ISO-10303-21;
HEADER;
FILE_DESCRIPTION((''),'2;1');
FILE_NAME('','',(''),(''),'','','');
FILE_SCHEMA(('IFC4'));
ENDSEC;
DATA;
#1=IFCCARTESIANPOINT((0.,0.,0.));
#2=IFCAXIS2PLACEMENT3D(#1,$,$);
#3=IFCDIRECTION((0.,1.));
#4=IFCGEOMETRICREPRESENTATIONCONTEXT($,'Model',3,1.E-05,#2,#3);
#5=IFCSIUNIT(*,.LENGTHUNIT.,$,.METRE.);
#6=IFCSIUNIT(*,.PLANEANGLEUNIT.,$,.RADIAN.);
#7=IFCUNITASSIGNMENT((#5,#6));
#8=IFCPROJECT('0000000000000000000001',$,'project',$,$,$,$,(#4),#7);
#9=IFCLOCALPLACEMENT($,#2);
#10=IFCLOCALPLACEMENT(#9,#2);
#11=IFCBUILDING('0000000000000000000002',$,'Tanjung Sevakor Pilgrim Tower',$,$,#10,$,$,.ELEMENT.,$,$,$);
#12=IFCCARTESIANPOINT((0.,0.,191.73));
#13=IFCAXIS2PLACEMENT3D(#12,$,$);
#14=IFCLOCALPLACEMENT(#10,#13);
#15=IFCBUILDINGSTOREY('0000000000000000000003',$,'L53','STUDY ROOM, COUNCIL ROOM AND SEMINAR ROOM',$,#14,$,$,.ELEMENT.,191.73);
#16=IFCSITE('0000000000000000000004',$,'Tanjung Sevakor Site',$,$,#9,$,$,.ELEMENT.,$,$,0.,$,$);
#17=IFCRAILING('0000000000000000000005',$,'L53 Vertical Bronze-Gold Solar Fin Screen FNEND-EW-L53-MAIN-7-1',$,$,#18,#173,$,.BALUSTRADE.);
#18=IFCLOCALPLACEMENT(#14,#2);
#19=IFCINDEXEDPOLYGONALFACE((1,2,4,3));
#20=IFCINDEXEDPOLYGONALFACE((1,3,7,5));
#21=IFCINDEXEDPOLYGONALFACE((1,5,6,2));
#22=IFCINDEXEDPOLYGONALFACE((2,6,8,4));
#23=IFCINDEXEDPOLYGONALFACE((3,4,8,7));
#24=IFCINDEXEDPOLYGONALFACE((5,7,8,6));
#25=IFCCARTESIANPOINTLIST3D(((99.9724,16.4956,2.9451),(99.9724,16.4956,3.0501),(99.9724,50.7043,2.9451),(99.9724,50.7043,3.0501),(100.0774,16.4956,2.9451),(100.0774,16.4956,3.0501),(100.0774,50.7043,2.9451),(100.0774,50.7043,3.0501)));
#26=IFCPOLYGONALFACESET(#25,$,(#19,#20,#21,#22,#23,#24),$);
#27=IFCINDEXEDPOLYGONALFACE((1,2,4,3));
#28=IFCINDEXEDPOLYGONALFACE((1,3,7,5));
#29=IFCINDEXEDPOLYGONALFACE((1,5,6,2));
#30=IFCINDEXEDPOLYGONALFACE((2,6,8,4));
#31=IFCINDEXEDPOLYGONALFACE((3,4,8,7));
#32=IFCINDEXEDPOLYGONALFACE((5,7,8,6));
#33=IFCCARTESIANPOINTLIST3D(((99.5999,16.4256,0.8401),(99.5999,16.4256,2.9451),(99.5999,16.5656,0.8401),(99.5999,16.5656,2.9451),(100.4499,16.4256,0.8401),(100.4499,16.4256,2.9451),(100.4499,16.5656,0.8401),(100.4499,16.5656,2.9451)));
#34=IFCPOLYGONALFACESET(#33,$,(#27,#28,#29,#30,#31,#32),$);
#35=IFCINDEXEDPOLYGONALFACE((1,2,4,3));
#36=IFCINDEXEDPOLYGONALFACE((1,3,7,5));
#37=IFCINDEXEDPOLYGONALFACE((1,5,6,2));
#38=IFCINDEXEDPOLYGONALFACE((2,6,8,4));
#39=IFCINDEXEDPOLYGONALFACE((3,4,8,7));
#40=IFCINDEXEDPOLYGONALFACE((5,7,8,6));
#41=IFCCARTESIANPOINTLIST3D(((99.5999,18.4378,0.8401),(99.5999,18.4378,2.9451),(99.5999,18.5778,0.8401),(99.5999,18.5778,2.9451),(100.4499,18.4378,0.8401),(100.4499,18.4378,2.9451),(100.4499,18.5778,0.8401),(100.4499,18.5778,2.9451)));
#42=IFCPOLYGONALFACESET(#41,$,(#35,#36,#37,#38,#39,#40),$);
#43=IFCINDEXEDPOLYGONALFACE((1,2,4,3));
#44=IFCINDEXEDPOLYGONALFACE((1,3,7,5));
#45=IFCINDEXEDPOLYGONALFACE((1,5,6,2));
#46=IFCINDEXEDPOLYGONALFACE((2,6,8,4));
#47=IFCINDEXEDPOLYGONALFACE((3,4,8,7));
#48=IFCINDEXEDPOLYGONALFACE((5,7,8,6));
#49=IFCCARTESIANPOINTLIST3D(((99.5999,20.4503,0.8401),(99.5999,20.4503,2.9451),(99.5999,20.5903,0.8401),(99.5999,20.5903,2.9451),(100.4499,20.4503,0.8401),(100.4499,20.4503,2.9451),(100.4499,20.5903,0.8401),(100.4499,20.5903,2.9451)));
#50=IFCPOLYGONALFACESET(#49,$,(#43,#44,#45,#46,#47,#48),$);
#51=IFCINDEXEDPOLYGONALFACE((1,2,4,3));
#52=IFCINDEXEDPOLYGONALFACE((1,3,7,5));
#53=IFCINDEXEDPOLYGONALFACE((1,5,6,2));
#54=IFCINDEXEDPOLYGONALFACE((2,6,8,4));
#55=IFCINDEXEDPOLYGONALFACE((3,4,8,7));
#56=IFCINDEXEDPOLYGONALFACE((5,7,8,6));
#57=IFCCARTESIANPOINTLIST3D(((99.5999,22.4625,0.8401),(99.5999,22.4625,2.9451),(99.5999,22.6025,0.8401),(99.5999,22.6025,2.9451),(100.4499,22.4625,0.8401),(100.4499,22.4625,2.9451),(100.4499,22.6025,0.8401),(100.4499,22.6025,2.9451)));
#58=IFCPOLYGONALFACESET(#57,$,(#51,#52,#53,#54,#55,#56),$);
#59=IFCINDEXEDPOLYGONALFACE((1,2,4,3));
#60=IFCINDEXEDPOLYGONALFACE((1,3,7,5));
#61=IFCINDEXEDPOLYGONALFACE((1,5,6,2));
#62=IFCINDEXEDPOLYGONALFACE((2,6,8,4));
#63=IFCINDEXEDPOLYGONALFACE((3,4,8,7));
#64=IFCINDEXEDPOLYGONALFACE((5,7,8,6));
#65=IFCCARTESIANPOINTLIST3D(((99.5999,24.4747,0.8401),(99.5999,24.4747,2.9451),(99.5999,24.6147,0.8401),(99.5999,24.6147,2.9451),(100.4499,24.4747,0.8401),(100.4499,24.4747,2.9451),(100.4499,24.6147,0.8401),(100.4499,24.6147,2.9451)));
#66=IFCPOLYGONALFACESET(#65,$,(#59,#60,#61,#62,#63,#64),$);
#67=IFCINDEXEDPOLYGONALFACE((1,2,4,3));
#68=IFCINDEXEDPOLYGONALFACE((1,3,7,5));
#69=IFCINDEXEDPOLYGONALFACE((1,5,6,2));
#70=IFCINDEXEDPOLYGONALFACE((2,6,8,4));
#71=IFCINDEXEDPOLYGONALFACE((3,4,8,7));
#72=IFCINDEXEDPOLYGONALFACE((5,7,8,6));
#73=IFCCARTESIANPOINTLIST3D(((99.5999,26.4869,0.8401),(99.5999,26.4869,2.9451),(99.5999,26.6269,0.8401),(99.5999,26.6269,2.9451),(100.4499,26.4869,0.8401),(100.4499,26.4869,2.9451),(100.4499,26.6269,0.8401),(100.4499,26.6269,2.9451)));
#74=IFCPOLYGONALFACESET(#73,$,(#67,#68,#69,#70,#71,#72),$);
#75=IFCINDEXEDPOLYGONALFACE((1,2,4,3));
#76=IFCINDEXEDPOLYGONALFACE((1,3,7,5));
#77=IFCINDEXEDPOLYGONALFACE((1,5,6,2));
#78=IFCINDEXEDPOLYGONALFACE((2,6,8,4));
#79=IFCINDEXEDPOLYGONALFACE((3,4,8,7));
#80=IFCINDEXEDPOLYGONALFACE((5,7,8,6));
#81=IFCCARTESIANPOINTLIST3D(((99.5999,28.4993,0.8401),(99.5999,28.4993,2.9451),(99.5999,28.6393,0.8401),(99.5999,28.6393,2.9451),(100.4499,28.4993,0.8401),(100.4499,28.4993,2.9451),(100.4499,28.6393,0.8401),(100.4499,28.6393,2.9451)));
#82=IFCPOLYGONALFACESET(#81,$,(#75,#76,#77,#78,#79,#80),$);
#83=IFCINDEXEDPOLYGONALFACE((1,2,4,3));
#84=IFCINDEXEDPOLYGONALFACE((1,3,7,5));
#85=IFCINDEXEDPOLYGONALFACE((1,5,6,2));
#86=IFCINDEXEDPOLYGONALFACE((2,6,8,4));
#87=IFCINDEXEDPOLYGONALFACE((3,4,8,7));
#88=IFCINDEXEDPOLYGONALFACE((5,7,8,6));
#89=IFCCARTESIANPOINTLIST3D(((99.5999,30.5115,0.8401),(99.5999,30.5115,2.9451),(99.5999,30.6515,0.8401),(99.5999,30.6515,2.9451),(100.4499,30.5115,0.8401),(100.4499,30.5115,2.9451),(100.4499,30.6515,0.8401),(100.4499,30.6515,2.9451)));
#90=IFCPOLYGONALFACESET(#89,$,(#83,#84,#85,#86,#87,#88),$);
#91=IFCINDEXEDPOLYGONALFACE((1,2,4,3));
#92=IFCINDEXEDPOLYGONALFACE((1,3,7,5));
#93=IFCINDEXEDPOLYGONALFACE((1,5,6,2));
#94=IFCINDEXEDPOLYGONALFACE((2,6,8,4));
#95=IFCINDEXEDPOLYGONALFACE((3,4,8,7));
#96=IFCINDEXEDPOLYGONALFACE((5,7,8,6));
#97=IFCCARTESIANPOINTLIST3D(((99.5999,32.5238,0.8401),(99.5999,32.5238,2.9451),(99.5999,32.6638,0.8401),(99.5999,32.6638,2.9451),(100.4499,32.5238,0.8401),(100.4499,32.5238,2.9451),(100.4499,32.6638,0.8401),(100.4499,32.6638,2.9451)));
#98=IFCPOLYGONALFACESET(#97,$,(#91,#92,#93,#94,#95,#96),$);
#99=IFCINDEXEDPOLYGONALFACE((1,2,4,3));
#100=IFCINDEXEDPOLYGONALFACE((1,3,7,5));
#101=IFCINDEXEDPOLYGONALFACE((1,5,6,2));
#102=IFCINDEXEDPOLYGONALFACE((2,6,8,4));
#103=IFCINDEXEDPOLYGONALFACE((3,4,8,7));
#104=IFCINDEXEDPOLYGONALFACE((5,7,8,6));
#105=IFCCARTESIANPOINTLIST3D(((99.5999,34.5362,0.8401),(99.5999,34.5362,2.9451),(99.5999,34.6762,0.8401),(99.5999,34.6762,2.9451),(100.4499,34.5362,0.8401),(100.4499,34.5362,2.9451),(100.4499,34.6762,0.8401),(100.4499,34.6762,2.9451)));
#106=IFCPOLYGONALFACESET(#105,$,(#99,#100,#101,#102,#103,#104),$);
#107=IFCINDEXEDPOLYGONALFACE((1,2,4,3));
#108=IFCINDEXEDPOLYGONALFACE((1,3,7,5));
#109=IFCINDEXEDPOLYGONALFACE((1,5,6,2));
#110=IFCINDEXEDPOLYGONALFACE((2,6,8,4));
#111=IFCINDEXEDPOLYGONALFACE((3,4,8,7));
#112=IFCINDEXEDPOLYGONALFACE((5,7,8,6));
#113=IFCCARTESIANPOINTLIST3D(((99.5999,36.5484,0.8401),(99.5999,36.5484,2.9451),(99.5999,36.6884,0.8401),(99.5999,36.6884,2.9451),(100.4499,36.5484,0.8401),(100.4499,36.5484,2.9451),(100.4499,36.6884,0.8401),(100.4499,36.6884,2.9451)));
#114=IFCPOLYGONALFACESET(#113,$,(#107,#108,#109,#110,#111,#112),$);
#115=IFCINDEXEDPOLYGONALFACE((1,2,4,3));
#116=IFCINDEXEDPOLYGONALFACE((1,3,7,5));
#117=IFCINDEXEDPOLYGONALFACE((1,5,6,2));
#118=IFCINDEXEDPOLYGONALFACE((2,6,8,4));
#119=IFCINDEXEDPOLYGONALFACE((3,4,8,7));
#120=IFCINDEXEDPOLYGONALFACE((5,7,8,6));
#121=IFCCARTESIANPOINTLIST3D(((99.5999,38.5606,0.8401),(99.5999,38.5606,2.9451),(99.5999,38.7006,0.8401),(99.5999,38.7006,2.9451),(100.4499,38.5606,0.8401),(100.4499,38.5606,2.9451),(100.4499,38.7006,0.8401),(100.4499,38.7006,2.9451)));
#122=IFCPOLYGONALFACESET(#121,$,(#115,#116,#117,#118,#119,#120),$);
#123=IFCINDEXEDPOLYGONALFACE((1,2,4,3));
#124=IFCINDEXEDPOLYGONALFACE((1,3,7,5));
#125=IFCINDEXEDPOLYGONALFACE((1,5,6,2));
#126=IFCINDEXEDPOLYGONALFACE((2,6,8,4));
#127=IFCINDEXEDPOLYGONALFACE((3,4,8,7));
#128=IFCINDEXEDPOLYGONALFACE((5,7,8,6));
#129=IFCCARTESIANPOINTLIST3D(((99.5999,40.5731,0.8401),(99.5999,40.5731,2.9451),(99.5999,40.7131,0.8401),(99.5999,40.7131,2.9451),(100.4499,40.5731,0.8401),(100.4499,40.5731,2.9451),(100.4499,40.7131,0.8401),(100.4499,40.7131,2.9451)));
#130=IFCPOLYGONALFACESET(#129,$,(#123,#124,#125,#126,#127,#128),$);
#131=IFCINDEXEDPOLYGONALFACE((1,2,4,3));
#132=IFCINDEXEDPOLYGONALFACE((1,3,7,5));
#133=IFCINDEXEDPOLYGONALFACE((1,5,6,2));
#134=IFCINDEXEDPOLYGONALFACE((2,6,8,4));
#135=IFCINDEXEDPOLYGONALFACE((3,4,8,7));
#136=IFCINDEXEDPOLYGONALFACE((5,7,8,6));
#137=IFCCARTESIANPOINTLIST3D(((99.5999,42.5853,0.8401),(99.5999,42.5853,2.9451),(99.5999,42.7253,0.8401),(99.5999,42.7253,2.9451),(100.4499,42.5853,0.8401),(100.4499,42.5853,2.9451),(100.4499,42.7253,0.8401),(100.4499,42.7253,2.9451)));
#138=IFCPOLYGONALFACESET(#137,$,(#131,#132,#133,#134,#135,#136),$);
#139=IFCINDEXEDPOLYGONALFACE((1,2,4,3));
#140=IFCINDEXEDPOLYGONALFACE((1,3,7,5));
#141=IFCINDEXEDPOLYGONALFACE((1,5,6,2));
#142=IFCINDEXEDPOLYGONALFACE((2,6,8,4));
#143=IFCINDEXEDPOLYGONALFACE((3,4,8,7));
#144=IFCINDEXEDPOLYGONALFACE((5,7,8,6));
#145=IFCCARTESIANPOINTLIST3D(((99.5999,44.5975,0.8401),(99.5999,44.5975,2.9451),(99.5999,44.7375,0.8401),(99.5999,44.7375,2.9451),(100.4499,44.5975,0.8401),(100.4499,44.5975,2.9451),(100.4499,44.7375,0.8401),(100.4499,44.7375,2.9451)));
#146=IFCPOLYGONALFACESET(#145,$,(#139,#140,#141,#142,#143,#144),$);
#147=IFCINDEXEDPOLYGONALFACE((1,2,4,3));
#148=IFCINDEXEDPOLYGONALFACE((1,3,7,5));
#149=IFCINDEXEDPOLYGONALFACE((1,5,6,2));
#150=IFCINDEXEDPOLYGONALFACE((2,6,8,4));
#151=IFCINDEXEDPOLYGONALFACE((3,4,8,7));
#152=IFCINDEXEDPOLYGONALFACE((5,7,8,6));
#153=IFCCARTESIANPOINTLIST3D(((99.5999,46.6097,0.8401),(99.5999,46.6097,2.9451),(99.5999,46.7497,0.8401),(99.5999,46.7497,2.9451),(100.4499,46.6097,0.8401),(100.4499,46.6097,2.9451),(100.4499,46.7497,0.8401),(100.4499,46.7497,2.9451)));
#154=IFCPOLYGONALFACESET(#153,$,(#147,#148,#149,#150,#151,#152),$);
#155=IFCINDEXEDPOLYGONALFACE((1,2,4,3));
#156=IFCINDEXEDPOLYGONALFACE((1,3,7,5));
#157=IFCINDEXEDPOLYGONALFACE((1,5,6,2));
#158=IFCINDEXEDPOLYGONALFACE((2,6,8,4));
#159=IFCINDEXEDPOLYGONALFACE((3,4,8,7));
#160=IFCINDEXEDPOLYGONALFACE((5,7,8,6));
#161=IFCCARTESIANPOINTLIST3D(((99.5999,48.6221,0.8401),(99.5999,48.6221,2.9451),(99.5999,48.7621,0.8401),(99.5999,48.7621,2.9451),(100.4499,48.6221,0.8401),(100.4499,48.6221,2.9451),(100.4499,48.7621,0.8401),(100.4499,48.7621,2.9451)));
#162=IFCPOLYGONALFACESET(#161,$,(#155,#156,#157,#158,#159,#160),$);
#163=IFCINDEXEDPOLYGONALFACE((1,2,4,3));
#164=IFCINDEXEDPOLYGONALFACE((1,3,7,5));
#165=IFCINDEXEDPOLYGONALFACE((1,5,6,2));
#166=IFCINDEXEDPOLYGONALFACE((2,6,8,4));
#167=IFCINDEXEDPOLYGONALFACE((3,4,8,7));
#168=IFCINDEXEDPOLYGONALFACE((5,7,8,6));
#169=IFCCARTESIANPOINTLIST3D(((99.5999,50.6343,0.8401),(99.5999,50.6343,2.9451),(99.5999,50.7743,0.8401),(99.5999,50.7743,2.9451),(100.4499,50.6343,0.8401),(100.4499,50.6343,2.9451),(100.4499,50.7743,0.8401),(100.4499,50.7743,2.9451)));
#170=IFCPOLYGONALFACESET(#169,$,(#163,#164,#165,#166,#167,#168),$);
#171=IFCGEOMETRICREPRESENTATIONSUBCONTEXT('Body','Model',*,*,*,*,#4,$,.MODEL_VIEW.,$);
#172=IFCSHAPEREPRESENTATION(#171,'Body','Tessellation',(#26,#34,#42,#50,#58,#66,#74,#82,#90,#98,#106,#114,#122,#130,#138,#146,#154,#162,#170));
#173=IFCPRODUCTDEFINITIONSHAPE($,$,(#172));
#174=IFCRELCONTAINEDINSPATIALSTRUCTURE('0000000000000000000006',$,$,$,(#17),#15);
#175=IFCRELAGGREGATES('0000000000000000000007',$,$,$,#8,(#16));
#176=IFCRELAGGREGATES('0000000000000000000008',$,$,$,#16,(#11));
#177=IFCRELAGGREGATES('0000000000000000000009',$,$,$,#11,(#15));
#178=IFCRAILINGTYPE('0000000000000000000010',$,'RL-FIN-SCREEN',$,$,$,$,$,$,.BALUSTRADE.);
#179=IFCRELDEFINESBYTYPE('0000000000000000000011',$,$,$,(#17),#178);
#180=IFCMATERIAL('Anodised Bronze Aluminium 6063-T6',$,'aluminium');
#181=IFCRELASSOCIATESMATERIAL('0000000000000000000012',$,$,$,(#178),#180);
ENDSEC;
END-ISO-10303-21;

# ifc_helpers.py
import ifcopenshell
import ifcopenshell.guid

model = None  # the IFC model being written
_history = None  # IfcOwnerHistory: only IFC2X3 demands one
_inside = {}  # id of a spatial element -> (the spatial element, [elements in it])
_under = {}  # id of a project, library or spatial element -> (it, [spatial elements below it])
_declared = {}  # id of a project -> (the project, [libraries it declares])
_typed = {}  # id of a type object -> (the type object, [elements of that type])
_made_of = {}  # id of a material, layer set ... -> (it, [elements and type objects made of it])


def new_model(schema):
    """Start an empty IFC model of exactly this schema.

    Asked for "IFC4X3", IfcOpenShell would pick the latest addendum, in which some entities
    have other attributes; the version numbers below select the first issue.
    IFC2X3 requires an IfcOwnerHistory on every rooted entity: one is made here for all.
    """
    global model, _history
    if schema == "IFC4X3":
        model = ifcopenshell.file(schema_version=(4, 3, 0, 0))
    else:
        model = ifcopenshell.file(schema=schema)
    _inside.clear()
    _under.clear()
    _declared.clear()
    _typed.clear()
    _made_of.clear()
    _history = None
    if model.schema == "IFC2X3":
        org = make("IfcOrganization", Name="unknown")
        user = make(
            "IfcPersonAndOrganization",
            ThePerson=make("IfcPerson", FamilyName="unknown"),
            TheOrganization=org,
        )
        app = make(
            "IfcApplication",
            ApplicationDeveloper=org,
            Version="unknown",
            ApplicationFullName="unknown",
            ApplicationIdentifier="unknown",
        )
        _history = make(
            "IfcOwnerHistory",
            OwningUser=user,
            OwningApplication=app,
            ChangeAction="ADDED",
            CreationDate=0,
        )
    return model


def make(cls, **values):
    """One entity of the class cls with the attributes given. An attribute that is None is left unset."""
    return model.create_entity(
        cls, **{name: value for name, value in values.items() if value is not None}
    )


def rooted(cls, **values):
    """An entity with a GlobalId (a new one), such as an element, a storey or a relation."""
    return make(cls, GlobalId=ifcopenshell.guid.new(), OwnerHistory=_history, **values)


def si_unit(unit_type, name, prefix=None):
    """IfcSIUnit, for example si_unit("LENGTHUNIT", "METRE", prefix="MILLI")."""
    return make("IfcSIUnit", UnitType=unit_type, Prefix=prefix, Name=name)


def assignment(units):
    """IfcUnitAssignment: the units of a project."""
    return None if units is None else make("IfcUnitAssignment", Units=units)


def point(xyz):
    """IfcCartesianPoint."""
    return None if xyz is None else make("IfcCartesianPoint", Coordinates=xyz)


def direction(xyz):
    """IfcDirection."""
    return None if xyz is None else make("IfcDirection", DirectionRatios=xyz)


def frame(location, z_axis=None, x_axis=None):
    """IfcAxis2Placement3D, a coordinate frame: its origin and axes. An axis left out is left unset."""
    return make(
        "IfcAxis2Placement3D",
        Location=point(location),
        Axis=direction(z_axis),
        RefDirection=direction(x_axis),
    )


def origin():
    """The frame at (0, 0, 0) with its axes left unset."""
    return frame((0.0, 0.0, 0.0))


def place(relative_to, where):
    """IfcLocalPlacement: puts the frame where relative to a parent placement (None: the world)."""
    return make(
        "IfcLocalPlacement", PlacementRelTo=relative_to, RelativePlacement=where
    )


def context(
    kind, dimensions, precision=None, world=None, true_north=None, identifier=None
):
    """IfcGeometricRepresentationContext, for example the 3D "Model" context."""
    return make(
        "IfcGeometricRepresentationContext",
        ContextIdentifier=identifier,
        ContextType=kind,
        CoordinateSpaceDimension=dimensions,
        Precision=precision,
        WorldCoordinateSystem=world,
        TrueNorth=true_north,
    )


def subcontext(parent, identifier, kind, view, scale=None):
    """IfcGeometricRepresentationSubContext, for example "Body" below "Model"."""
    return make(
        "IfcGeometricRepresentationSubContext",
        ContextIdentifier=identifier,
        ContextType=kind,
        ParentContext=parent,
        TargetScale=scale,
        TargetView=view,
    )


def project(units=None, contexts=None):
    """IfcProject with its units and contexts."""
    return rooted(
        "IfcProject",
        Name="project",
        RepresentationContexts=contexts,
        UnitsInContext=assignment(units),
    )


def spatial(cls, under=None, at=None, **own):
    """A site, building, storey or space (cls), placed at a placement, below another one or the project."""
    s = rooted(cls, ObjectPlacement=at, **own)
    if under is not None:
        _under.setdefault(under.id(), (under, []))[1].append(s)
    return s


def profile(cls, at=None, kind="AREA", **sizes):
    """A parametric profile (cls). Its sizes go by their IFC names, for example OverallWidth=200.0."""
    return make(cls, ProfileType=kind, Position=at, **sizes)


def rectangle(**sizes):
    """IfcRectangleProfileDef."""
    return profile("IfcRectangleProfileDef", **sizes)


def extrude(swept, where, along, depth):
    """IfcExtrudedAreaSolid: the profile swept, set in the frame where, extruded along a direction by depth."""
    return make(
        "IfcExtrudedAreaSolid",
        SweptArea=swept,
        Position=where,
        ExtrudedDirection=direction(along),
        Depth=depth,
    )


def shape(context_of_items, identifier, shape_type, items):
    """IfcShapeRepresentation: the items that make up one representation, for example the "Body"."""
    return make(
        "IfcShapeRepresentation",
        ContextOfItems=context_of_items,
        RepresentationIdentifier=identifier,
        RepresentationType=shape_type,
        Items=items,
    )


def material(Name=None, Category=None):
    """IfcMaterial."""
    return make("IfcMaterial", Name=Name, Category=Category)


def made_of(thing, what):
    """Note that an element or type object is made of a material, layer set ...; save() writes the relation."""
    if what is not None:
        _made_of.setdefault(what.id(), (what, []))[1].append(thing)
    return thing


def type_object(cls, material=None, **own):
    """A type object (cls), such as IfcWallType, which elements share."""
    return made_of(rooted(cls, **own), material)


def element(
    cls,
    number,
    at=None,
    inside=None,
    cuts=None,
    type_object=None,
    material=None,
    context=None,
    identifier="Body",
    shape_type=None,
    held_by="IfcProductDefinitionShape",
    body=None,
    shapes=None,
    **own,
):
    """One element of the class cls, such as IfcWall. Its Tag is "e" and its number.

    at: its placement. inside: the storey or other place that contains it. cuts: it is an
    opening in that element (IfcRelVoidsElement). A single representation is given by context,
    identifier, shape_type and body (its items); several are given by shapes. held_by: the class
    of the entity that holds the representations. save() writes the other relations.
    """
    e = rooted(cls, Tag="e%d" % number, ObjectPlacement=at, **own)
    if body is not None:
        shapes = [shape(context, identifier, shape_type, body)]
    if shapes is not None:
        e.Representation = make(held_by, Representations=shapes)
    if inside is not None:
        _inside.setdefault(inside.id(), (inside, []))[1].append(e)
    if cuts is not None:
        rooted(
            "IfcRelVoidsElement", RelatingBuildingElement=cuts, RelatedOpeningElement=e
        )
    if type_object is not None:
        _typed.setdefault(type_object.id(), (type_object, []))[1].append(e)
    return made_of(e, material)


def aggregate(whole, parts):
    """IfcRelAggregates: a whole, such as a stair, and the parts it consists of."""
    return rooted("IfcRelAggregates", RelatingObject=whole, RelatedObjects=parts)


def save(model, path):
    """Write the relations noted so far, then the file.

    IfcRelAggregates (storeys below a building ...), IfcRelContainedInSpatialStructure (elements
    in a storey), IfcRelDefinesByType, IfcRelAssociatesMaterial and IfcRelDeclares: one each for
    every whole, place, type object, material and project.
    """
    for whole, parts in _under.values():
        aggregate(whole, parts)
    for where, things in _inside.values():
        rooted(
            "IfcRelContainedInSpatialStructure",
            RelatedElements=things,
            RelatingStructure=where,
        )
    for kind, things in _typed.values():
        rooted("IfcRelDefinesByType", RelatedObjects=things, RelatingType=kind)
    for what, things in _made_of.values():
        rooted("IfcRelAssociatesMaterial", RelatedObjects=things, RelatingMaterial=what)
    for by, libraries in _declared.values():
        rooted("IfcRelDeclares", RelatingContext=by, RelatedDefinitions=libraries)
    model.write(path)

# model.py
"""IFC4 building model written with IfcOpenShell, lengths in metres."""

from ifc_helpers import new_model, si_unit, direction, frame, origin, place, context, subcontext, project, spatial, rectangle, extrude, material, type_object, element, save


model = new_model("IFC4")

# Units and contexts
model_context = context("Model", 3, precision=1e-05, world=origin(), true_north=direction((0.0, 1.0)))
body_context = subcontext(model_context, "Body", "Model", "MODEL_VIEW")
ifc_project = project(units=[si_unit("LENGTHUNIT", "METRE"), si_unit("PLANEANGLEUNIT", "RADIAN")], contexts=[model_context])

# Site, building, storey
site_placement = place(None, origin())
site = spatial("IfcSite", under=ifc_project, at=site_placement, Name="Tanjung Sevakor Site", CompositionType="ELEMENT", RefElevation=0.0)
building_placement = place(site_placement, origin())
building = spatial("IfcBuilding", under=site, at=building_placement, Name="Tanjung Sevakor Pilgrim Tower", CompositionType="ELEMENT")
storey_placement = place(building_placement, frame((0.0, 0.0, 191.73)))
storey = spatial("IfcBuildingStorey", under=building, at=storey_placement, Name="L53", Description="STUDY ROOM, COUNCIL ROOM AND SEMINAR ROOM", CompositionType="ELEMENT", Elevation=191.73)

# Railing
ifc_material_1 = material(Name="Anodised Bronze Aluminium 6063-T6", Category="aluminium")
railing_type = type_object("IfcRailingType", Name="RL-FIN-SCREEN", PredefinedType="BALUSTRADE", material=ifc_material_1)
railing_1_placement = place(storey_placement, frame((100.0249, 16.4956, 0.8401)))
element("IfcRailing", 1, at=railing_1_placement, inside=storey, type_object=railing_type, Name="L53 Vertical Bronze-Gold Solar Fin Screen FNEND-EW-L53-MAIN-7-1", PredefinedType="BALUSTRADE", context=body_context, shape_type="SweptSolid", body=[
    extrude(rectangle(XDim=0.105, YDim=0.105), frame((0.0, 0.0, 2.1575), z_axis=(0.0, 1.0, 0.0), x_axis=(-1.0, 0.0, 0.0)), (0.0, 0.0, 1.0), 34.2087),
    extrude(rectangle(XDim=0.85, YDim=0.14), origin(), (0.0, 0.0, 1.0), 2.105),
    extrude(rectangle(XDim=0.85, YDim=0.14), frame((0.0, 2.0122, 0.0)), (0.0, 0.0, 1.0), 2.105),
    extrude(rectangle(XDim=0.85, YDim=0.14), frame((0.0, 4.0247, 0.0)), (0.0, 0.0, 1.0), 2.105),
    extrude(rectangle(XDim=0.85, YDim=0.14), frame((0.0, 6.0369, 0.0)), (0.0, 0.0, 1.0), 2.105),
    extrude(rectangle(XDim=0.85, YDim=0.14), frame((0.0, 8.0491, 0.0)), (0.0, 0.0, 1.0), 2.105),
    extrude(rectangle(XDim=0.85, YDim=0.14), frame((0.0, 10.0613, 0.0)), (0.0, 0.0, 1.0), 2.105),
    extrude(rectangle(XDim=0.85, YDim=0.14), frame((0.0, 12.0737, 0.0)), (0.0, 0.0, 1.0), 2.105),
    extrude(rectangle(XDim=0.85, YDim=0.14), frame((0.0, 14.0859, 0.0)), (0.0, 0.0, 1.0), 2.105),
    extrude(rectangle(XDim=0.85, YDim=0.14), frame((0.0, 16.0981, 0.0)), (0.0, 0.0, 1.0), 2.105),
    extrude(rectangle(XDim=0.85, YDim=0.14), frame((0.0, 18.1106, 0.0)), (0.0, 0.0, 1.0), 2.105),
    extrude(rectangle(XDim=0.85, YDim=0.14), frame((0.0, 20.1228, 0.0)), (0.0, 0.0, 1.0), 2.105),
    extrude(rectangle(XDim=0.85, YDim=0.14), frame((0.0, 22.135, 0.0)), (0.0, 0.0, 1.0), 2.105),
    extrude(rectangle(XDim=0.85, YDim=0.14), frame((0.0, 24.1475, 0.0)), (0.0, 0.0, 1.0), 2.105),
    extrude(rectangle(XDim=0.85, YDim=0.14), frame((0.0, 26.1597, 0.0)), (0.0, 0.0, 1.0), 2.105),
    extrude(rectangle(XDim=0.85, YDim=0.14), frame((0.0, 28.1719, 0.0)), (0.0, 0.0, 1.0), 2.105),
    extrude(rectangle(XDim=0.85, YDim=0.14), frame((0.0, 30.1841, 0.0)), (0.0, 0.0, 1.0), 2.105),
    extrude(rectangle(XDim=0.85, YDim=0.14), frame((0.0, 32.1965, 0.0)), (0.0, 0.0, 1.0), 2.105),
    extrude(rectangle(XDim=0.85, YDim=0.14), frame((0.0, 34.2087, 0.0)), (0.0, 0.0, 1.0), 2.105),
])

save(model, "model.ifc")
